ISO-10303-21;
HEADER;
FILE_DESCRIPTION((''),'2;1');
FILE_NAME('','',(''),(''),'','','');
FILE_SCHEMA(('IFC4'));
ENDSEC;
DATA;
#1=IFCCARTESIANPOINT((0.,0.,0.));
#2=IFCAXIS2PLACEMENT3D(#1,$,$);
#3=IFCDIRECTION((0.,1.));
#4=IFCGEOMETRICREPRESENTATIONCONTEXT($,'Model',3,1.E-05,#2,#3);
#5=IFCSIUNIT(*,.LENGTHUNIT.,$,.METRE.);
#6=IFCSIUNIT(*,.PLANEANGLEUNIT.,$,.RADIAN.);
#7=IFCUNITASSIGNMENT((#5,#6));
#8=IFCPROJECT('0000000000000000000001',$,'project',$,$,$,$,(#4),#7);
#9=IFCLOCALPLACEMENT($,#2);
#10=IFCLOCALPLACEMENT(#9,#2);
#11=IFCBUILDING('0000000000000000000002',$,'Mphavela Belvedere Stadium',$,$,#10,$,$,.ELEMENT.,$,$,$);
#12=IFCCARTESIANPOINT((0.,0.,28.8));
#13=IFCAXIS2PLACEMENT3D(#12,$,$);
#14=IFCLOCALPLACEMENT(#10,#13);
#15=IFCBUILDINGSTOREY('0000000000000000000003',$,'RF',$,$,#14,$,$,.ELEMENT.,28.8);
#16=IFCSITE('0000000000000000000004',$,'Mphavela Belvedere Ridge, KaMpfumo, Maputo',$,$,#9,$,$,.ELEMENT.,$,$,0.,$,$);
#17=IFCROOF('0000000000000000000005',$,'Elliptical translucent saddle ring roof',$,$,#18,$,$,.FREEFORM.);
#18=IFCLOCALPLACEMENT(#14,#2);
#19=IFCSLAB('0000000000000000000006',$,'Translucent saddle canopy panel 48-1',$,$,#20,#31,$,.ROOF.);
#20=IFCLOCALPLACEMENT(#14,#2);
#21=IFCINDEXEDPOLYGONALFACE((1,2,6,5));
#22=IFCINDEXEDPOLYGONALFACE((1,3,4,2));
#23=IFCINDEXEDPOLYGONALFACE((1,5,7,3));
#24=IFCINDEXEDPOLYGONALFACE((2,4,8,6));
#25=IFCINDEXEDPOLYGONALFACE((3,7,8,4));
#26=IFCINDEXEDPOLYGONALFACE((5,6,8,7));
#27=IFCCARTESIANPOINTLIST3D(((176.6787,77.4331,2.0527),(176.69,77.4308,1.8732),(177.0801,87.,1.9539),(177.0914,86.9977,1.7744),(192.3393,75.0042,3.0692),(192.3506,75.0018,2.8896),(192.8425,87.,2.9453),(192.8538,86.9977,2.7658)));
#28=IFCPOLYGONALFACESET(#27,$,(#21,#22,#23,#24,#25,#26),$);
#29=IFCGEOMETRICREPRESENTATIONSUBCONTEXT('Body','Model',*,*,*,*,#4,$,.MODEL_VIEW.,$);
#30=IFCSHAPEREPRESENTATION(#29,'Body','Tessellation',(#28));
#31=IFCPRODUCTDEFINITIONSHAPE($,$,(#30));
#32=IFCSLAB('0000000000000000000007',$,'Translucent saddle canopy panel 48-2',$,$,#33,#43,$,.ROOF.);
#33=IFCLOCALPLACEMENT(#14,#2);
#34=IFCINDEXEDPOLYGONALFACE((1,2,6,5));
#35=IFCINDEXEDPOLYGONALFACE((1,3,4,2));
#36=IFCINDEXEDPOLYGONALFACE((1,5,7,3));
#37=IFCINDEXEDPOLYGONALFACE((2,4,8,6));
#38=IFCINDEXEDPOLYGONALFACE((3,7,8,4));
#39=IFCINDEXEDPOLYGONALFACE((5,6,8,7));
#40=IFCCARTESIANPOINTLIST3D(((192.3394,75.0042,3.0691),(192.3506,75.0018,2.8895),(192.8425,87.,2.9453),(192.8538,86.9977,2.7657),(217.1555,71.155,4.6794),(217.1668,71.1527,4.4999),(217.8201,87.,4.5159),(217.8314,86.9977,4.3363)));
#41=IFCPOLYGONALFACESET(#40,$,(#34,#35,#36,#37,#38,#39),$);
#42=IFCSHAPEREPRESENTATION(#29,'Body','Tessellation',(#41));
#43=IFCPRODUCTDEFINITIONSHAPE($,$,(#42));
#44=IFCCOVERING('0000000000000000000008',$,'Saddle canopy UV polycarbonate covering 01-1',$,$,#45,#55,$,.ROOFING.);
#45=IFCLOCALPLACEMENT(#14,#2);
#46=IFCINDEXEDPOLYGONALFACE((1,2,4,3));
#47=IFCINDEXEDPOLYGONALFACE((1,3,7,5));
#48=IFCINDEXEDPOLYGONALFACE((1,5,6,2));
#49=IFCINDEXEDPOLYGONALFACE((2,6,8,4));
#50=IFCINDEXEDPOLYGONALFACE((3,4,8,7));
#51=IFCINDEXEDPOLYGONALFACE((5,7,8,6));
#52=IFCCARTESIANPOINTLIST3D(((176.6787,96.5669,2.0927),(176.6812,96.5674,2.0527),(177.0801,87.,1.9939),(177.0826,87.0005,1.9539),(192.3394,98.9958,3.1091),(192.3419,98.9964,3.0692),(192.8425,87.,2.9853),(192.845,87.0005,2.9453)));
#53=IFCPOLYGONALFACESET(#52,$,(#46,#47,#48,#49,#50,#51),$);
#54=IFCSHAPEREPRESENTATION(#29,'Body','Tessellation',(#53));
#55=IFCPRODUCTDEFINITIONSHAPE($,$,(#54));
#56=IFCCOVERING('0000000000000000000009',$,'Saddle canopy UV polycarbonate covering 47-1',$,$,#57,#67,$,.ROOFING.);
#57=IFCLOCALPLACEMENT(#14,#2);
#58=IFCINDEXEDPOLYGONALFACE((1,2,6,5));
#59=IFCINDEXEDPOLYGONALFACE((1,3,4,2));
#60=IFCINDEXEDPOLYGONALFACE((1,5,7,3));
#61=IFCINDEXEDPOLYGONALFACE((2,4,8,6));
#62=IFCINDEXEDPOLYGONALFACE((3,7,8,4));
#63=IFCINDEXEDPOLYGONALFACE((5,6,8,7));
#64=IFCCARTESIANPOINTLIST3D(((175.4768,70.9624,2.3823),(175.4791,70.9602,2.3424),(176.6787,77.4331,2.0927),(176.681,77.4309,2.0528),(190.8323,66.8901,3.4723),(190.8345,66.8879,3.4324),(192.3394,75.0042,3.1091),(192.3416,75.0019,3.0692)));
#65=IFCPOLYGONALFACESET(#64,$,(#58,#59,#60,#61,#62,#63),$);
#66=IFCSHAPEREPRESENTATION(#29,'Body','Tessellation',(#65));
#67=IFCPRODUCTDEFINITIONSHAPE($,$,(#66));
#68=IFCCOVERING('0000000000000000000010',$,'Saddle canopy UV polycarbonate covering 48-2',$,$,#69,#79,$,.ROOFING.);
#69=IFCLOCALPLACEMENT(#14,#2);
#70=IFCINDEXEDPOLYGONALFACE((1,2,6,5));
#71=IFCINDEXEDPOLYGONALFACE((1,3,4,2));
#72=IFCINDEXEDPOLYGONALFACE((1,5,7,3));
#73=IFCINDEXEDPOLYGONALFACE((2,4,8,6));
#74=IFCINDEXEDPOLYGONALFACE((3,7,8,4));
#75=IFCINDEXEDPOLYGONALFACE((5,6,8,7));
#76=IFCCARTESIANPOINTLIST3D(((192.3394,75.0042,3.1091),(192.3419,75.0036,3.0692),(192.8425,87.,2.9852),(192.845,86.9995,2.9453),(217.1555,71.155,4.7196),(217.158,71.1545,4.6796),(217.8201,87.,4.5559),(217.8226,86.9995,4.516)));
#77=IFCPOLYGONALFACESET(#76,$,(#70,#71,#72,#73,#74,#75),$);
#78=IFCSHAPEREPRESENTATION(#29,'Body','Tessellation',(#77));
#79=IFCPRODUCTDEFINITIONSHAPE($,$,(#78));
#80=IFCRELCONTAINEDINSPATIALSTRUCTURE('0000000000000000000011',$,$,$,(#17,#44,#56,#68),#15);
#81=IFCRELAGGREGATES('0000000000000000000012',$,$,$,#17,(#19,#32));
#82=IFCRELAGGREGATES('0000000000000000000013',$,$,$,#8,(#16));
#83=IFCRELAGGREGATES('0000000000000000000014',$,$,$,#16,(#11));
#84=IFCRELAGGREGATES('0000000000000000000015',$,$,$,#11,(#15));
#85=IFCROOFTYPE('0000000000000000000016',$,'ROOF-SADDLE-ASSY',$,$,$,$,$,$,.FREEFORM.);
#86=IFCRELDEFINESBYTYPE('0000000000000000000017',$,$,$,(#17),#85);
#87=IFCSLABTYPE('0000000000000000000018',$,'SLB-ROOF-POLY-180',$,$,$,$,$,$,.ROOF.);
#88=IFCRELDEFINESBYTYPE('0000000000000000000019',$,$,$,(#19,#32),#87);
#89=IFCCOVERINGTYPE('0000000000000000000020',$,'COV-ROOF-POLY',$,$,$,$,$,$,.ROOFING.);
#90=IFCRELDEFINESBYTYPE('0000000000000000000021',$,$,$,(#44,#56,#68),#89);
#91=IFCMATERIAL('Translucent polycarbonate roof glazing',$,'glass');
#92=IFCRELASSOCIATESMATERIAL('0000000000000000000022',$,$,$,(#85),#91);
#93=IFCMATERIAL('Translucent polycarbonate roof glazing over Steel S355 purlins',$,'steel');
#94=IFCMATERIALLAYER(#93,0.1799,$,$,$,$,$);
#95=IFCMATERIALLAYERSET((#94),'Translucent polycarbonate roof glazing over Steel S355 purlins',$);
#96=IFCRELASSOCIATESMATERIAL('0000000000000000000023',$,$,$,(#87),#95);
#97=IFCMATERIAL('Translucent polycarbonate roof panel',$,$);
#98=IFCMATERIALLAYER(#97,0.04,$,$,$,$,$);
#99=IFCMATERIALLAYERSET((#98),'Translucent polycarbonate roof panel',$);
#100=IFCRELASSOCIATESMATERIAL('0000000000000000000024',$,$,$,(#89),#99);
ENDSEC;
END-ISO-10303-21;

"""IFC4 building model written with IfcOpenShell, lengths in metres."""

from ifc_helpers import new_model, si_unit, direction, frame, origin, place, context, subcontext, project, spatial, polyline, outline, extrude, material, layer, layer_set, type_object, element, aggregate, save


model = new_model("IFC4")

# Units and contexts
model_context = context("Model", 3, precision=1e-05, world=origin(), true_north=direction((0.0, 1.0)))
body_context = subcontext(model_context, "Body", "Model", "MODEL_VIEW")
ifc_project = project(units=[si_unit("LENGTHUNIT", "METRE"), si_unit("PLANEANGLEUNIT", "RADIAN")], contexts=[model_context])

# Site, building, storey
site_placement = place(None, origin())
site = spatial("IfcSite", under=ifc_project, at=site_placement, Name="Mphavela Belvedere Ridge, KaMpfumo, Maputo", CompositionType="ELEMENT", RefElevation=0.0)
building_placement = place(site_placement, origin())
building = spatial("IfcBuilding", under=site, at=building_placement, Name="Mphavela Belvedere Stadium", CompositionType="ELEMENT")
storey_placement = place(building_placement, frame((0.0, 0.0, 28.8)))
storey = spatial("IfcBuildingStorey", under=building, at=storey_placement, Name="RF", CompositionType="ELEMENT", Elevation=28.8)

# Roof, slabs
ifc_material_1 = material(Name="Translucent polycarbonate roof glazing", Category="glass")
roof_type = type_object("IfcRoofType", Name="ROOF-SADDLE-ASSY", PredefinedType="FREEFORM", material=ifc_material_1)
roof_placement = place(storey_placement, origin())
roof = element("IfcRoof", 1, at=roof_placement, inside=storey, type_object=roof_type, Name="Elliptical translucent saddle ring roof", PredefinedType="FREEFORM")
ifc_material_2 = material(Name="Translucent polycarbonate roof glazing over Steel S355 purlins", Category="steel")
ifc_layer_1 = layer(ifc_material_2, 0.1799)
ifc_layer_set_1 = layer_set([ifc_layer_1], Name="Translucent polycarbonate roof glazing over Steel S355 purlins")
slab_type = type_object("IfcSlabType", Name="SLB-ROOF-POLY-180", PredefinedType="ROOF", material=ifc_layer_set_1)
slab_1_placement = place(storey_placement, frame((176.6787, 77.4331, 2.0527), z_axis=(-0.062765, 0.012938, 0.997944), x_axis=(0.041914, 0.999068, -0.010316)))
slab_1 = element("IfcSlab", 2, at=slab_1_placement, type_object=slab_type, Name="Translucent saddle canopy panel 48-1", PredefinedType="ROOF", context=body_context, shape_type="SweptSolid", body=[
    extrude(outline(polyline([(0.0, 0.0), (9.5758, 0.0), (10.2263, -15.7802), (-1.7808, -15.7803), (0.0, 0.0)])), origin(), (0.0, 0.0, -1.0), 0.1799),
])
slab_2_placement = place(storey_placement, frame((192.3394, 75.0042, 3.0691), z_axis=(-0.062751, 0.012932, 0.997945), x_axis=(0.041907, 0.999068, -0.010312)))
slab_2 = element("IfcSlab", 3, at=slab_2_placement, type_object=slab_type, Name="Translucent saddle canopy panel 48-2", PredefinedType="ROOF", context=body_context, shape_type="SweptSolid", body=[
    extrude(outline(polyline([(0.0, 0.0), (12.007, 0.0), (13.0376, -25.0056), (-2.8222, -25.0057), (0.0, 0.0)])), origin(), (0.0, 0.0, -1.0), 0.1799),
])
aggregate(roof, [slab_1, slab_2])

# Coverings
ifc_material_3 = material(Name="Translucent polycarbonate roof panel")
ifc_layer_2 = layer(ifc_material_3, 0.04)
ifc_layer_set_2 = layer_set([ifc_layer_2], Name="Translucent polycarbonate roof panel")
covering_type = type_object("IfcCoveringType", Name="COV-ROOF-POLY", PredefinedType="ROOFING", material=ifc_layer_set_2)
covering_1_placement = place(storey_placement, frame((177.0801, 87.0, 1.9939), z_axis=(-0.062765, -0.012938, 0.997944), x_axis=(-0.041916, 0.999068, 0.010316)))
element("IfcCovering", 4, at=covering_1_placement, inside=storey, type_object=covering_type, Name="Saddle canopy UV polycarbonate covering 01-1", PredefinedType="ROOFING", context=body_context, shape_type="SweptSolid", body=[
    extrude(outline(polyline([(0.0, 0.0), (9.5758, 0.0), (11.3566, -15.7803), (-0.6505, -15.7802), (0.0, 0.0)])), origin(), (0.0, 0.0, -1.0), 0.04),
])
covering_2_placement = place(storey_placement, frame((175.4768, 70.9624, 2.3823), z_axis=(-0.056164, 0.055055, 0.996902), x_axis=(0.182444, 0.982233, -0.043966)))
element("IfcCovering", 5, at=covering_2_placement, inside=storey, type_object=covering_type, Name="Saddle canopy UV polycarbonate covering 47-1", PredefinedType="ROOFING", context=body_context, shape_type="SweptSolid", body=[
    extrude(outline(polyline([(0.0, 0.0), (6.5878, 0.0), (7.0144, -15.8747), (-1.2463, -15.8748), (0.0, 0.0)])), origin(), (0.0, 0.0, -1.0), 0.04),
])
covering_3_placement = place(storey_placement, frame((192.3394, 75.0042, 3.1091), z_axis=(-0.062755, 0.012941, 0.997945), x_axis=(0.041906, 0.999068, -0.01032)))
element("IfcCovering", 6, at=covering_3_placement, inside=storey, type_object=covering_type, Name="Saddle canopy UV polycarbonate covering 48-2", PredefinedType="ROOFING", context=body_context, shape_type="SweptSolid", body=[
    extrude(outline(polyline([(0.0, 0.0), (12.007, 0.0), (13.0375, -25.0057), (-2.8222, -25.0057), (0.0, 0.0)])), origin(), (0.0, 0.0, -1.0), 0.04),
])

save(model, "model.ifc")
